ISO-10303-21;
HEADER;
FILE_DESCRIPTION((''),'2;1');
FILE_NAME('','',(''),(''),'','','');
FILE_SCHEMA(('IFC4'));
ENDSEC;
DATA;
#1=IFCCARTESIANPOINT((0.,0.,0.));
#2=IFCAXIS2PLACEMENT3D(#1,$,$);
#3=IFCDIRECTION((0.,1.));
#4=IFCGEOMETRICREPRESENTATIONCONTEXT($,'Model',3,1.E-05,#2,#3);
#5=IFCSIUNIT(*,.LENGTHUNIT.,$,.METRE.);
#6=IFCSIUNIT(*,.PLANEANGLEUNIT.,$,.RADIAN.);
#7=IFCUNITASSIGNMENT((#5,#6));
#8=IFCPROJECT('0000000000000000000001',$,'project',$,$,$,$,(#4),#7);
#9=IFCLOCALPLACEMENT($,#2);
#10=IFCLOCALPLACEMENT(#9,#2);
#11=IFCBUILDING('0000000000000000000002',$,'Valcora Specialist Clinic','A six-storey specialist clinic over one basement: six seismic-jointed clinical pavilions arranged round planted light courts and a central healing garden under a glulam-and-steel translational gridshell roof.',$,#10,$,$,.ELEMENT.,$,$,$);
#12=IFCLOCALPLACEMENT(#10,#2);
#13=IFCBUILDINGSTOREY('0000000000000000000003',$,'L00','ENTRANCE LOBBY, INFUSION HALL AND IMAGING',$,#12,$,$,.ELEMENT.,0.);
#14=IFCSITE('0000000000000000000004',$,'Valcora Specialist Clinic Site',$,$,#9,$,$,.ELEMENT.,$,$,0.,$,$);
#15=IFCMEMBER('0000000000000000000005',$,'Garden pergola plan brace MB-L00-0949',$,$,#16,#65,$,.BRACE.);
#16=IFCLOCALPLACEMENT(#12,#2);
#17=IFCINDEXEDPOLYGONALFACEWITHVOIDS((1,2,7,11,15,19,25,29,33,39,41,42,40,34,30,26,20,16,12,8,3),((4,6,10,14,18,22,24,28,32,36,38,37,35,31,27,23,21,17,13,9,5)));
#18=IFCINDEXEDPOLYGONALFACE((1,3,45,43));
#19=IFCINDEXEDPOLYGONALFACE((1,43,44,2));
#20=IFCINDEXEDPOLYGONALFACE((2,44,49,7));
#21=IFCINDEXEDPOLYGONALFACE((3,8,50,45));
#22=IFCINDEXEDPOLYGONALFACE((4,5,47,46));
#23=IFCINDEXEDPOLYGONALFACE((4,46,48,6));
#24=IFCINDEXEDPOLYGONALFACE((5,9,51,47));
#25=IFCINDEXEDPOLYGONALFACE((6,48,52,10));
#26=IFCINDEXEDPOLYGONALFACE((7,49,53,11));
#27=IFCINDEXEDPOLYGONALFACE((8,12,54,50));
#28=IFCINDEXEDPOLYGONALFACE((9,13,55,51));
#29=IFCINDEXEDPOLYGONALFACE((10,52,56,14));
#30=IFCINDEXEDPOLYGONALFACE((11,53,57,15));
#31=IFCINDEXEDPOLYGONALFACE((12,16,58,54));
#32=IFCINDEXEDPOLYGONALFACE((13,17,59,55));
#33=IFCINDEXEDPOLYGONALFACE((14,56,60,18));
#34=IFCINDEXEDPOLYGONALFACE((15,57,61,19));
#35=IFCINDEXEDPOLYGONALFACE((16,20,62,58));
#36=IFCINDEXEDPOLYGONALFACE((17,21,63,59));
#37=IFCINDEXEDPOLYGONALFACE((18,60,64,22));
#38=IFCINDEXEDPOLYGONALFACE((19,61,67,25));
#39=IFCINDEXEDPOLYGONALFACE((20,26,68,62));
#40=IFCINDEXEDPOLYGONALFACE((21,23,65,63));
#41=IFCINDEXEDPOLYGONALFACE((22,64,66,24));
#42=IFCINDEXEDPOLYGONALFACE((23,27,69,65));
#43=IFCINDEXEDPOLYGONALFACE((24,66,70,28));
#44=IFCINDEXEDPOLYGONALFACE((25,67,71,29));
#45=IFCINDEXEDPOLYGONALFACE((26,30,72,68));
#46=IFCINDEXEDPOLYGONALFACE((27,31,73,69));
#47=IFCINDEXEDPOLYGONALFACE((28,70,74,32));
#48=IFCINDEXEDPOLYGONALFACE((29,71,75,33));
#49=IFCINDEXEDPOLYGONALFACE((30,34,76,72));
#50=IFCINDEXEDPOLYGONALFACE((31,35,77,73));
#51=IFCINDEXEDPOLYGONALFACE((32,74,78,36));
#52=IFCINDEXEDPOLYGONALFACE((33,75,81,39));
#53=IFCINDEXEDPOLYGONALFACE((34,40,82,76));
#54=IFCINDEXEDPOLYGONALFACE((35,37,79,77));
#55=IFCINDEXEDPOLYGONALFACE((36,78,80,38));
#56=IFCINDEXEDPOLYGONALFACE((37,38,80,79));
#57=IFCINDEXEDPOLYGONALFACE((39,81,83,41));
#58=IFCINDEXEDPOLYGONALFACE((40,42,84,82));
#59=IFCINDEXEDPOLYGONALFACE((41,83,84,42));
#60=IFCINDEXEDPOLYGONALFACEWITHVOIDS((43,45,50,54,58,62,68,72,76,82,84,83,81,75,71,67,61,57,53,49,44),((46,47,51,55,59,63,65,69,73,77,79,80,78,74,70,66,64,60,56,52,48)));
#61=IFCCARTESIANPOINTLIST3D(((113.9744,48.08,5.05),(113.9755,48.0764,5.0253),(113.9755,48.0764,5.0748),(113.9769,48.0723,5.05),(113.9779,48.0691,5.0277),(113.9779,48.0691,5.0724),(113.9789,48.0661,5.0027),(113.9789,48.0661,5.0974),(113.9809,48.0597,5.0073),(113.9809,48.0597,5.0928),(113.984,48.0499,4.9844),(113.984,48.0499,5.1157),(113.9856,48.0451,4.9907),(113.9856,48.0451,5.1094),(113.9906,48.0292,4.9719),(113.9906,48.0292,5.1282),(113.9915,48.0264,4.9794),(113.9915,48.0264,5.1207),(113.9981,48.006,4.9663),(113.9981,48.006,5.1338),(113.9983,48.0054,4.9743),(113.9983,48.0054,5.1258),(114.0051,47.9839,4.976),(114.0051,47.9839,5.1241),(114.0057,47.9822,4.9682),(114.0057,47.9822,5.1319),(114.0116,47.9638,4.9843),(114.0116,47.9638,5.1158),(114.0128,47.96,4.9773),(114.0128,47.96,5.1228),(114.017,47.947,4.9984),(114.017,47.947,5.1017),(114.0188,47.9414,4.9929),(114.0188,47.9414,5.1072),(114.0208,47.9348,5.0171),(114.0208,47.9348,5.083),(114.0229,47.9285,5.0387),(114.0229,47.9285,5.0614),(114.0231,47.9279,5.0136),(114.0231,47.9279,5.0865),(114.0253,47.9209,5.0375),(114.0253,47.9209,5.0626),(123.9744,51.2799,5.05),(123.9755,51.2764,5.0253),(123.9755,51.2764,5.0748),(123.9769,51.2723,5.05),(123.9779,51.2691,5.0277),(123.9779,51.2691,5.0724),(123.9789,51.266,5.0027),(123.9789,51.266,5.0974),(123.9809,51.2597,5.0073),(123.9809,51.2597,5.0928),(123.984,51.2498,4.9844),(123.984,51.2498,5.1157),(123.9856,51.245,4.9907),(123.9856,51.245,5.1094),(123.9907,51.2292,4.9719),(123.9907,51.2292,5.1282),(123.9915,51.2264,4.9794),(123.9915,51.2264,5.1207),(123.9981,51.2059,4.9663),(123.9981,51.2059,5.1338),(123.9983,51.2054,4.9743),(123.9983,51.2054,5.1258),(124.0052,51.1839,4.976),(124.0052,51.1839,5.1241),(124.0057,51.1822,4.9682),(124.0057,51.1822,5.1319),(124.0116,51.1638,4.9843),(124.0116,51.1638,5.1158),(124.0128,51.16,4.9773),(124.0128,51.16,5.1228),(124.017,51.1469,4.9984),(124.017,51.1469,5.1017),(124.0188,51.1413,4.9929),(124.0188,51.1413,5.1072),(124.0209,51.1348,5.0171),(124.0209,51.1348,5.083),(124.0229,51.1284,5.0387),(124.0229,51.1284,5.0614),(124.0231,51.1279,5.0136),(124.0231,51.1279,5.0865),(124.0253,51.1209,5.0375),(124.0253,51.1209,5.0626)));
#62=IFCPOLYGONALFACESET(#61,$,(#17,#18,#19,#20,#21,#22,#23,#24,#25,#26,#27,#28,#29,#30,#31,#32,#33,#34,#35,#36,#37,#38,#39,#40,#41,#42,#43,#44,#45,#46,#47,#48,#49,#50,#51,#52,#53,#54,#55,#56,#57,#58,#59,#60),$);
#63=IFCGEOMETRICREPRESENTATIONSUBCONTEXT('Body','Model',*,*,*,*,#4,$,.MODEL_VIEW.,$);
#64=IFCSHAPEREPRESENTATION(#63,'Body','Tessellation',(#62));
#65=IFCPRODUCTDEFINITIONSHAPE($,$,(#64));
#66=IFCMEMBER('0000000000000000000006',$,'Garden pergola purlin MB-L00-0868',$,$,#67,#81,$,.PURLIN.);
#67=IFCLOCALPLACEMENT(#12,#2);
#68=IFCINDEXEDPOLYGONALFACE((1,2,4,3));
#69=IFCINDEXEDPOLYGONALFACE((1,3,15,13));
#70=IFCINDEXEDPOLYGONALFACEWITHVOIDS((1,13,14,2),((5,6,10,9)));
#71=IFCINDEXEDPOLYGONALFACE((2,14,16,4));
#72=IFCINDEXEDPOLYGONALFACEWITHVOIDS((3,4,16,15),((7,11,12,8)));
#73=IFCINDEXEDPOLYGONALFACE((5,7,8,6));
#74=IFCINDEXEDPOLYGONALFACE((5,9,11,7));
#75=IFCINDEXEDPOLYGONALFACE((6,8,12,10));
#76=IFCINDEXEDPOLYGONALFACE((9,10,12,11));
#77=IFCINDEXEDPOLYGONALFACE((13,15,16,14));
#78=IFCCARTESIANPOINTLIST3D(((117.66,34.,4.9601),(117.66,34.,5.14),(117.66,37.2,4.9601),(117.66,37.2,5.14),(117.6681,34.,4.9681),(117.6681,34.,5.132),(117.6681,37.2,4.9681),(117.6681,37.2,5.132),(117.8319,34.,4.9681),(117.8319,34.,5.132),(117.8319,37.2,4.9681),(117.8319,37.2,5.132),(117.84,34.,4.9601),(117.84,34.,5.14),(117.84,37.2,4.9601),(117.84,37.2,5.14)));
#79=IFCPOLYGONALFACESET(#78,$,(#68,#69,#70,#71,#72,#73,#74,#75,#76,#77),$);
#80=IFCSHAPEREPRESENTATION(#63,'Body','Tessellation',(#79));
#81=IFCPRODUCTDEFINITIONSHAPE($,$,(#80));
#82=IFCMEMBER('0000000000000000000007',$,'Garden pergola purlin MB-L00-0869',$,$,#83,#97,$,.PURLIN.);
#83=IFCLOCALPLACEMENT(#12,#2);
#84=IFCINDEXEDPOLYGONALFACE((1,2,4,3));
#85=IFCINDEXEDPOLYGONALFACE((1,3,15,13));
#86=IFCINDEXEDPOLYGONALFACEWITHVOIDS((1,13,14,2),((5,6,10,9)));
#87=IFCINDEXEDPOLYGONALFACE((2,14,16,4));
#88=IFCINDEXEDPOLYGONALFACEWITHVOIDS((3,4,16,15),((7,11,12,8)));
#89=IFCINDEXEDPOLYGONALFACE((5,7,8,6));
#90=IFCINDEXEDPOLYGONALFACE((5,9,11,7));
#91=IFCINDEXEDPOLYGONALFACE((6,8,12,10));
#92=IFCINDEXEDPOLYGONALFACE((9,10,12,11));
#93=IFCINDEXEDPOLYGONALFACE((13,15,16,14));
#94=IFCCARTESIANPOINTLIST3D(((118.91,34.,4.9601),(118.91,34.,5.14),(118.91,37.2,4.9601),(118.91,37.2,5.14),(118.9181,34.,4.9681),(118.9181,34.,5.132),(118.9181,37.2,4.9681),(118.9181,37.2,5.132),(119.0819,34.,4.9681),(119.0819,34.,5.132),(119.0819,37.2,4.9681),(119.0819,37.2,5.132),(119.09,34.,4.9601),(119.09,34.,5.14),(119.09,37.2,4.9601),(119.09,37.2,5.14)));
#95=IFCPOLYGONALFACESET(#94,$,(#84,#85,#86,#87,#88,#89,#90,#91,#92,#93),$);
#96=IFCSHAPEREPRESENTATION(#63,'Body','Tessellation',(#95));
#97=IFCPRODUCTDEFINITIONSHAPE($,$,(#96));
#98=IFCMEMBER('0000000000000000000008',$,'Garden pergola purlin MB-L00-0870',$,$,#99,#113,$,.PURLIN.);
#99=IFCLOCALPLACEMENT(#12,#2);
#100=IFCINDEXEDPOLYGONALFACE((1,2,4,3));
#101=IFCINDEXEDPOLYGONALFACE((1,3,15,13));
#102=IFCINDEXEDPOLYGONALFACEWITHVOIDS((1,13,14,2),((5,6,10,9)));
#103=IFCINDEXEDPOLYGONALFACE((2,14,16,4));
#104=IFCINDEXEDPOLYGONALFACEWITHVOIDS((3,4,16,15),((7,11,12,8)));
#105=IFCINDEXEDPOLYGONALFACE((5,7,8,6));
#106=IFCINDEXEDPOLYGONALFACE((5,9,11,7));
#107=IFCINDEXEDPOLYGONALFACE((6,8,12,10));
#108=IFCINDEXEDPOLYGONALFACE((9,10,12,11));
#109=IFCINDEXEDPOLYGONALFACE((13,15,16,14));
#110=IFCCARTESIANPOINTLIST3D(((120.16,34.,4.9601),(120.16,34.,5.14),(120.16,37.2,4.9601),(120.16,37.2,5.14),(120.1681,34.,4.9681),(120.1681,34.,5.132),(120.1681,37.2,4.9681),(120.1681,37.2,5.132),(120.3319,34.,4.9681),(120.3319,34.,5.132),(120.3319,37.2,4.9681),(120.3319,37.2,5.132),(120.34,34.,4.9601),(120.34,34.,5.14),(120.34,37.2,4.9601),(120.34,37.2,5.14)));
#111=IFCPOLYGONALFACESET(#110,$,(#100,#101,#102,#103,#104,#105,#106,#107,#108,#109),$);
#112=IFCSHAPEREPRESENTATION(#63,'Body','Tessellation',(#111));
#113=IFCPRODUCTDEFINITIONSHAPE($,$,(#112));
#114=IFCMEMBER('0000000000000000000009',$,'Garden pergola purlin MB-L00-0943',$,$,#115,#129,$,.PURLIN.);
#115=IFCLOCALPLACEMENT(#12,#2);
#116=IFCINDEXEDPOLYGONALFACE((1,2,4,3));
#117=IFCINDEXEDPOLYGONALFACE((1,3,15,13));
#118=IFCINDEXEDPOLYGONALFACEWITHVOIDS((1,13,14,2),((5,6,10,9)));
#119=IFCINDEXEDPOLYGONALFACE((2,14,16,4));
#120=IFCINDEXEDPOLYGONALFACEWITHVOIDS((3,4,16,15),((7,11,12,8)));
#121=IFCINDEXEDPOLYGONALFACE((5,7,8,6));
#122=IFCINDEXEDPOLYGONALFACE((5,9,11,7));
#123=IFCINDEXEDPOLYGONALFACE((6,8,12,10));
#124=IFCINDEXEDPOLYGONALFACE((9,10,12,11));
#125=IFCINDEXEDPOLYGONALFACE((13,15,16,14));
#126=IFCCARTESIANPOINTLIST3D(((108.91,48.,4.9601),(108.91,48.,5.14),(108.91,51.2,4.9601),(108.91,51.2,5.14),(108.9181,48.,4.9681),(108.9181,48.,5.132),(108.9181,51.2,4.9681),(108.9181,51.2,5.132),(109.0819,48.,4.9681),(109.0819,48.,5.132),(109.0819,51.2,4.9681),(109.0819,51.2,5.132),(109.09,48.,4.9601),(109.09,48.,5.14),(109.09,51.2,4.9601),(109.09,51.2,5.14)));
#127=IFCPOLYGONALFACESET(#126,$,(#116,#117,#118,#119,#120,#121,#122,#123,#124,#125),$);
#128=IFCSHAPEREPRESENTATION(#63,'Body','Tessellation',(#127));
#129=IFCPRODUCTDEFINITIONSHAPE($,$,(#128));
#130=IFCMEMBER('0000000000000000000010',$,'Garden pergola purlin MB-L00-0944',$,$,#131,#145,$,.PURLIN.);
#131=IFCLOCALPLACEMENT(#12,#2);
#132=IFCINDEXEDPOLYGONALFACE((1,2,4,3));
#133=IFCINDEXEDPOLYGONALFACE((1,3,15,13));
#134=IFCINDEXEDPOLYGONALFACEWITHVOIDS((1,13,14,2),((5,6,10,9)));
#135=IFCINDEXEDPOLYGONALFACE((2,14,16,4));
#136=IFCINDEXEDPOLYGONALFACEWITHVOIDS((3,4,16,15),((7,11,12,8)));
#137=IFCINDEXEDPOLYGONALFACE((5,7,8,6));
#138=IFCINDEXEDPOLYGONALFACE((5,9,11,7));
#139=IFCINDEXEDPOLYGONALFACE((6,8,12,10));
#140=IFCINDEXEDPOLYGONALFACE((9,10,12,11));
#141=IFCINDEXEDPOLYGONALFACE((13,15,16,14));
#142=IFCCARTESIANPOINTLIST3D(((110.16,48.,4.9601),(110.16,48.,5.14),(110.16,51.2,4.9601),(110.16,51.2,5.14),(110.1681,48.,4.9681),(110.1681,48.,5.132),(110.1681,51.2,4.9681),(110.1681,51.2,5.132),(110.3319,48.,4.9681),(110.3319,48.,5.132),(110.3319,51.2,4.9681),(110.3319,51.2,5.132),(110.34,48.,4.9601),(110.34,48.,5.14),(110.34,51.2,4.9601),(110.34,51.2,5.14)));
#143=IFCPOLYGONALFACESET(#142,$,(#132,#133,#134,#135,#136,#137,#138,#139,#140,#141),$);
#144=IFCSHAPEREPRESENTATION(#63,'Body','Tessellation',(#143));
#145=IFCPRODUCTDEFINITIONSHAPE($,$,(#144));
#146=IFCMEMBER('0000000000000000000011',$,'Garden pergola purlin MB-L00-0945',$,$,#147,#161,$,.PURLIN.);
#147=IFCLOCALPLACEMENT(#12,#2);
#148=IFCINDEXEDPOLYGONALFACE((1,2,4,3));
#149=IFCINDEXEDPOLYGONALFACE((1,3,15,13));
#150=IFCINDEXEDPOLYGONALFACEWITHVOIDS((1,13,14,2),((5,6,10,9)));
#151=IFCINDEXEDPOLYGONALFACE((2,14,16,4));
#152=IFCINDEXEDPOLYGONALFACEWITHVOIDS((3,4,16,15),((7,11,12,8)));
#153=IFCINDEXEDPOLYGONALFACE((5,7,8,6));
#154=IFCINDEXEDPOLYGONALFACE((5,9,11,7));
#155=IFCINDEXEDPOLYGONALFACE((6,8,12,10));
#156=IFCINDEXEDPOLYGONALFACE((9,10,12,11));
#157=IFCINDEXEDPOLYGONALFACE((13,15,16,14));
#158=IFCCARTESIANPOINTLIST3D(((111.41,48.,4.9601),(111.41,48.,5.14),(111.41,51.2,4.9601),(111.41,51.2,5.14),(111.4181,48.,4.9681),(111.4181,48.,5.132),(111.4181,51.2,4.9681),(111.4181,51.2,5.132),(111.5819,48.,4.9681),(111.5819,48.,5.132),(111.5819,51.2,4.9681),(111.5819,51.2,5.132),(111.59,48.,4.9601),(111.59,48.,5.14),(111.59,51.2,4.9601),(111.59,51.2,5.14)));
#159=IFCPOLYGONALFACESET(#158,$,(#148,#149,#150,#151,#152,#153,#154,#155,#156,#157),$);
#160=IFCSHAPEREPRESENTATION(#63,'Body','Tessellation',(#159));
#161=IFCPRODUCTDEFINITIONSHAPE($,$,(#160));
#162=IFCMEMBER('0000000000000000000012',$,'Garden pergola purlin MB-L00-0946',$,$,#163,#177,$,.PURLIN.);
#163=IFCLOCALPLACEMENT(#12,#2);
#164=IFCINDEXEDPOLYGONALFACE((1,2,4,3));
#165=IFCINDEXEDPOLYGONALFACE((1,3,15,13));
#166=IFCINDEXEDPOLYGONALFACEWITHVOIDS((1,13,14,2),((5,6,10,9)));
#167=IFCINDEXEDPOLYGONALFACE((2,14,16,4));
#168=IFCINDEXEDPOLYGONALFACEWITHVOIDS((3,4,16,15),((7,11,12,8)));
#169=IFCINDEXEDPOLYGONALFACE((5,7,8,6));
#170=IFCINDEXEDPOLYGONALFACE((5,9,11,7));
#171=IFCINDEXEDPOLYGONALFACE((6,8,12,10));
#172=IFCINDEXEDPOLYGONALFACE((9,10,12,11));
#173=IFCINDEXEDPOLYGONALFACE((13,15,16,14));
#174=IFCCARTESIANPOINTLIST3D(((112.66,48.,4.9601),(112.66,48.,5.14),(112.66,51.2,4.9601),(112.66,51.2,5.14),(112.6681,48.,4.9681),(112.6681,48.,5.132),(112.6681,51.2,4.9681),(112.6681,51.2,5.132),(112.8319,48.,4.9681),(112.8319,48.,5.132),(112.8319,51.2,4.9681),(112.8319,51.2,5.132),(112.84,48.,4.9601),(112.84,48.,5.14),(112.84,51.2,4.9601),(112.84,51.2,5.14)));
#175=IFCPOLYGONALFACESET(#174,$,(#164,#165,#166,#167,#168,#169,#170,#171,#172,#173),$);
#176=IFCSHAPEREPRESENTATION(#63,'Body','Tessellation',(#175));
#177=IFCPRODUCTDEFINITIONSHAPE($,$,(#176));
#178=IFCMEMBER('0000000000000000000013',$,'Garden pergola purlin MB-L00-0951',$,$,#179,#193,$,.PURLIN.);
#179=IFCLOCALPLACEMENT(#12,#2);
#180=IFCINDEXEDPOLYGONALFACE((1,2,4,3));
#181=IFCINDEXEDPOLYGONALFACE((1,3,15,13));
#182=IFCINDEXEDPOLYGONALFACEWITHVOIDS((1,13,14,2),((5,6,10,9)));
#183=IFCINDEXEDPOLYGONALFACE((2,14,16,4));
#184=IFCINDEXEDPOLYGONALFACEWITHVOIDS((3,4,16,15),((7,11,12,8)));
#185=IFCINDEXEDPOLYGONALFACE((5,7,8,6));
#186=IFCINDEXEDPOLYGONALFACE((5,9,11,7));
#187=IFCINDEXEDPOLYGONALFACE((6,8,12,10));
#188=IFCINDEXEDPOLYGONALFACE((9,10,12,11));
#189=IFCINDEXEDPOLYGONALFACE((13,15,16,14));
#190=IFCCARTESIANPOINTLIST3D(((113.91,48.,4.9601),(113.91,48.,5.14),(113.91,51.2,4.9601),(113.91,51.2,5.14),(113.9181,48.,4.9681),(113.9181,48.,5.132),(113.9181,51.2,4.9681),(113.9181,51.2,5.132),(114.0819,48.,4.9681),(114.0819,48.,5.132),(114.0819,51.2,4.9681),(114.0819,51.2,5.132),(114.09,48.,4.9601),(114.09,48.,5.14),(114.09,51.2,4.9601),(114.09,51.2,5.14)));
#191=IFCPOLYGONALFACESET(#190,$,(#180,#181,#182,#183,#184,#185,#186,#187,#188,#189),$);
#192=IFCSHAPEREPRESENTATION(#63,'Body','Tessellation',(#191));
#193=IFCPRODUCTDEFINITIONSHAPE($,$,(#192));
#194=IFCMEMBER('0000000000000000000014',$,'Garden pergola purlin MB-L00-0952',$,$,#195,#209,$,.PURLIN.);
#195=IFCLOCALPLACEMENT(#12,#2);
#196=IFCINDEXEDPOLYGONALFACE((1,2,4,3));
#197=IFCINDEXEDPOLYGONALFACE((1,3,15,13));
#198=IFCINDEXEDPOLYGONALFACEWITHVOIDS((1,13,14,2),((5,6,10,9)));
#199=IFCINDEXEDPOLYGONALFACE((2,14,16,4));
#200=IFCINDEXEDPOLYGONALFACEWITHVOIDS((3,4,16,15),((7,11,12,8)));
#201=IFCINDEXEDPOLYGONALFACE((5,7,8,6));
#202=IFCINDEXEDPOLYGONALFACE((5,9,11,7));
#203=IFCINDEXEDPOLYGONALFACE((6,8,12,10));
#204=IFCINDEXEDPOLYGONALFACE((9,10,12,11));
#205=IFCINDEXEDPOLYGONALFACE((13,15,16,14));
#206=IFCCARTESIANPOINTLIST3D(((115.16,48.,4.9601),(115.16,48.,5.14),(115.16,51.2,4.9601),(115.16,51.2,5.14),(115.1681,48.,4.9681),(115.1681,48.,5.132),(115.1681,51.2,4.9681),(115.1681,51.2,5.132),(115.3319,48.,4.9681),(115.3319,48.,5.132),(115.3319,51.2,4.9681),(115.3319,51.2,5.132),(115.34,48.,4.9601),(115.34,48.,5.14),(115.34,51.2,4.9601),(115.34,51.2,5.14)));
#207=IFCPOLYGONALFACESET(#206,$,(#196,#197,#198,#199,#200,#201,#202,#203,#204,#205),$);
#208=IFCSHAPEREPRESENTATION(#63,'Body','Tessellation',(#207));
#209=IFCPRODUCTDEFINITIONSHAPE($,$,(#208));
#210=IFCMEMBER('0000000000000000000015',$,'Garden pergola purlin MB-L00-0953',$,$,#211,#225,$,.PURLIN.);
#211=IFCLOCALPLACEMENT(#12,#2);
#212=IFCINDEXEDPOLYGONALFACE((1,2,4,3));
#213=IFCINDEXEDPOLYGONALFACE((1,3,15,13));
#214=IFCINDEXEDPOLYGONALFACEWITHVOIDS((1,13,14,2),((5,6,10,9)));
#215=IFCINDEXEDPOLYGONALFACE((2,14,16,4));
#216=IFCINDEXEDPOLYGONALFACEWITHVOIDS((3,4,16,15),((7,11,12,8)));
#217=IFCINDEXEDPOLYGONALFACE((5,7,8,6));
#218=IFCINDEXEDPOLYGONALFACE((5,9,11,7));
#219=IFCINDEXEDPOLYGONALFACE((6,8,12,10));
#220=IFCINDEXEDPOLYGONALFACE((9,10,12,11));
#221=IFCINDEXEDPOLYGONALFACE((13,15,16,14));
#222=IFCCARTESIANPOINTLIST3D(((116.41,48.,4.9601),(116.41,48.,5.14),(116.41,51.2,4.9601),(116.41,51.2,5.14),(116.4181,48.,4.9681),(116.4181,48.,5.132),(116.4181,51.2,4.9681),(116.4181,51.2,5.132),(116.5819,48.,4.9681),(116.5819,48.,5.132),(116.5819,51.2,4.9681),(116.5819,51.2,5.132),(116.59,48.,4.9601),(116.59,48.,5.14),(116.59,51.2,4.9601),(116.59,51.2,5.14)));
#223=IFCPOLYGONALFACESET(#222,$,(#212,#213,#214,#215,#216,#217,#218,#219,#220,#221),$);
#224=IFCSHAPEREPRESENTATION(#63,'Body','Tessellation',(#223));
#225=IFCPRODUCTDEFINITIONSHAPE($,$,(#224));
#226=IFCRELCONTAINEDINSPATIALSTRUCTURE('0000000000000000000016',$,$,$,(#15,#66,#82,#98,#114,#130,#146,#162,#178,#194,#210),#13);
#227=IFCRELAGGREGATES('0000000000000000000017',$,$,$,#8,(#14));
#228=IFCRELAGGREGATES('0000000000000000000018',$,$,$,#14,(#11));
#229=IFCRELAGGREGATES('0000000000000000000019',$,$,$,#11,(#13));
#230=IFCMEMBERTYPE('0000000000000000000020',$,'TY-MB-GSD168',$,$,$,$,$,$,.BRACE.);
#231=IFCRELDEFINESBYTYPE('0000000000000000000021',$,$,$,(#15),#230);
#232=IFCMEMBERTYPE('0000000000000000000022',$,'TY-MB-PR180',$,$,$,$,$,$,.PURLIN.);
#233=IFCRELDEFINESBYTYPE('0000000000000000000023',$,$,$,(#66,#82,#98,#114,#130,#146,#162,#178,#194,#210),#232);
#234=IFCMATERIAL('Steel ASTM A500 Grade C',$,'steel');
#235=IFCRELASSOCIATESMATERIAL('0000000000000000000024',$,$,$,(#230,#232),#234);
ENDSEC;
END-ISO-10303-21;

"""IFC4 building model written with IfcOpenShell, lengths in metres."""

from ifc_helpers import new_model, si_unit, direction, frame, origin, origin_2d, place, context, subcontext, project, spatial, hollow_rectangle, hollow_circle, extrude, material, material_profile, profile_set, type_object, element, save


model = new_model("IFC4")

# Units and contexts
model_context = context("Model", 3, precision=1e-05, world=origin(), true_north=direction((0.0, 1.0)))
body_context = subcontext(model_context, "Body", "Model", "MODEL_VIEW")
ifc_project = project(units=[si_unit("LENGTHUNIT", "METRE"), si_unit("PLANEANGLEUNIT", "RADIAN")], contexts=[model_context])

# Site, building, storey
site_placement = place(None, origin())
site = spatial("IfcSite", under=ifc_project, at=site_placement, Name="Valcora Specialist Clinic Site", CompositionType="ELEMENT", RefElevation=0.0)
building_placement = place(site_placement, origin())
building = spatial("IfcBuilding", under=site, at=building_placement, Name="Valcora Specialist Clinic", Description="A six-storey specialist clinic over one basement: six seismic-jointed clinical pavilions arranged round planted light courts and a central healing garden under a glulam-and-steel translational gridshell roof.", CompositionType="ELEMENT")
storey_placement = place(building_placement, origin())
storey = spatial("IfcBuildingStorey", under=building, at=storey_placement, Name="L00", Description="ENTRANCE LOBBY, INFUSION HALL AND IMAGING", CompositionType="ELEMENT", Elevation=0.0)

# Members
ifc_material_1 = material(Name="Steel ASTM A500 Grade C", Category="steel")
ifc_material_profile_1 = material_profile(ifc_material_1, hollow_circle(Radius=0.084, WallThickness=0.0081, at=origin_2d()), Name="ST-CHS-168X8")
ifc_profile_set_1 = profile_set([ifc_material_profile_1], Name="Steel ASTM A500 Grade C")
member_type_1 = type_object("IfcMemberType", Name="TY-MB-GSD168", PredefinedType="BRACE", material=ifc_profile_set_1)
member_1_placement = place(storey_placement, frame((114.0, 48.0, 5.05), z_axis=(0.952425, 0.304772, 0.0), x_axis=(-0.304772, 0.952425, 0.0)))
element("IfcMember", 1, at=member_1_placement, inside=storey, type_object=member_type_1, Name="Garden pergola plan brace MB-L00-0949", PredefinedType="BRACE", context=body_context, shape_type="SweptSolid", body=[
    extrude(hollow_circle(Radius=0.084, WallThickness=0.0081, at=origin_2d()), origin(), (0.0, 0.0, 1.0), 10.4995),
])
ifc_material_profile_2 = material_profile(ifc_material_1, hollow_rectangle(XDim=0.1799, YDim=0.1799, WallThickness=0.0081, at=origin_2d()), Name="ST-RHS-180X180X8")
ifc_profile_set_2 = profile_set([ifc_material_profile_2], Name="Steel ASTM A500 Grade C")
member_type_2 = type_object("IfcMemberType", Name="TY-MB-PR180", PredefinedType="PURLIN", material=ifc_profile_set_2)
for number, where, z_axis, x_axis, name in (
    (2, (117.75, 34.0, 5.05), (0.0, 1.0, 0.0), (-1.0, 0.0, 0.0), "Garden pergola purlin MB-L00-0868"),
    (3, (119.0, 34.0, 5.05), (0.0, 1.0, 0.0), (-1.0, 0.0, 0.0), "Garden pergola purlin MB-L00-0869"),
    (4, (120.25, 34.0, 5.05), (0.0, 1.0, 0.0), (-1.0, 0.0, 0.0), "Garden pergola purlin MB-L00-0870"),
    (5, (109.0, 48.0, 5.05), (0.0, 1.0, 0.0), (-1.0, 0.0, 0.0), "Garden pergola purlin MB-L00-0943"),
    (6, (110.25, 48.0, 5.05), (0.0, 1.0, 0.0), (-1.0, 0.0, 0.0), "Garden pergola purlin MB-L00-0944"),
    (7, (111.5, 48.0, 5.05), (0.0, 1.0, 0.0), (-1.0, 0.0, 0.0), "Garden pergola purlin MB-L00-0945"),
    (8, (112.75, 48.0, 5.05), (0.0, 1.0, 0.0), (-1.0, 0.0, 0.0), "Garden pergola purlin MB-L00-0946"),
    (9, (114.0, 48.0, 5.05), (0.0, 1.0, 0.0), (-1.0, 0.0, 0.0), "Garden pergola purlin MB-L00-0951"),
    (10, (115.25, 48.0, 5.05), (0.0, 1.0, 0.0), (-1.0, 0.0, 0.0), "Garden pergola purlin MB-L00-0952"),
    (11, (116.5, 48.0, 5.05), (0.0, 1.0, 0.0), (-1.0, 0.0, 0.0), "Garden pergola purlin MB-L00-0953"),
):
    element("IfcMember", number, at=place(storey_placement, frame(where, z_axis=z_axis, x_axis=x_axis)), inside=storey, type_object=member_type_2, Name=name, PredefinedType="PURLIN", context=body_context, shape_type="SweptSolid", body=[
        extrude(hollow_rectangle(XDim=0.1799, YDim=0.1799, WallThickness=0.0081, at=origin_2d()), origin(), (0.0, 0.0, 1.0), 3.2),
    ])

save(model, "model.ifc")
